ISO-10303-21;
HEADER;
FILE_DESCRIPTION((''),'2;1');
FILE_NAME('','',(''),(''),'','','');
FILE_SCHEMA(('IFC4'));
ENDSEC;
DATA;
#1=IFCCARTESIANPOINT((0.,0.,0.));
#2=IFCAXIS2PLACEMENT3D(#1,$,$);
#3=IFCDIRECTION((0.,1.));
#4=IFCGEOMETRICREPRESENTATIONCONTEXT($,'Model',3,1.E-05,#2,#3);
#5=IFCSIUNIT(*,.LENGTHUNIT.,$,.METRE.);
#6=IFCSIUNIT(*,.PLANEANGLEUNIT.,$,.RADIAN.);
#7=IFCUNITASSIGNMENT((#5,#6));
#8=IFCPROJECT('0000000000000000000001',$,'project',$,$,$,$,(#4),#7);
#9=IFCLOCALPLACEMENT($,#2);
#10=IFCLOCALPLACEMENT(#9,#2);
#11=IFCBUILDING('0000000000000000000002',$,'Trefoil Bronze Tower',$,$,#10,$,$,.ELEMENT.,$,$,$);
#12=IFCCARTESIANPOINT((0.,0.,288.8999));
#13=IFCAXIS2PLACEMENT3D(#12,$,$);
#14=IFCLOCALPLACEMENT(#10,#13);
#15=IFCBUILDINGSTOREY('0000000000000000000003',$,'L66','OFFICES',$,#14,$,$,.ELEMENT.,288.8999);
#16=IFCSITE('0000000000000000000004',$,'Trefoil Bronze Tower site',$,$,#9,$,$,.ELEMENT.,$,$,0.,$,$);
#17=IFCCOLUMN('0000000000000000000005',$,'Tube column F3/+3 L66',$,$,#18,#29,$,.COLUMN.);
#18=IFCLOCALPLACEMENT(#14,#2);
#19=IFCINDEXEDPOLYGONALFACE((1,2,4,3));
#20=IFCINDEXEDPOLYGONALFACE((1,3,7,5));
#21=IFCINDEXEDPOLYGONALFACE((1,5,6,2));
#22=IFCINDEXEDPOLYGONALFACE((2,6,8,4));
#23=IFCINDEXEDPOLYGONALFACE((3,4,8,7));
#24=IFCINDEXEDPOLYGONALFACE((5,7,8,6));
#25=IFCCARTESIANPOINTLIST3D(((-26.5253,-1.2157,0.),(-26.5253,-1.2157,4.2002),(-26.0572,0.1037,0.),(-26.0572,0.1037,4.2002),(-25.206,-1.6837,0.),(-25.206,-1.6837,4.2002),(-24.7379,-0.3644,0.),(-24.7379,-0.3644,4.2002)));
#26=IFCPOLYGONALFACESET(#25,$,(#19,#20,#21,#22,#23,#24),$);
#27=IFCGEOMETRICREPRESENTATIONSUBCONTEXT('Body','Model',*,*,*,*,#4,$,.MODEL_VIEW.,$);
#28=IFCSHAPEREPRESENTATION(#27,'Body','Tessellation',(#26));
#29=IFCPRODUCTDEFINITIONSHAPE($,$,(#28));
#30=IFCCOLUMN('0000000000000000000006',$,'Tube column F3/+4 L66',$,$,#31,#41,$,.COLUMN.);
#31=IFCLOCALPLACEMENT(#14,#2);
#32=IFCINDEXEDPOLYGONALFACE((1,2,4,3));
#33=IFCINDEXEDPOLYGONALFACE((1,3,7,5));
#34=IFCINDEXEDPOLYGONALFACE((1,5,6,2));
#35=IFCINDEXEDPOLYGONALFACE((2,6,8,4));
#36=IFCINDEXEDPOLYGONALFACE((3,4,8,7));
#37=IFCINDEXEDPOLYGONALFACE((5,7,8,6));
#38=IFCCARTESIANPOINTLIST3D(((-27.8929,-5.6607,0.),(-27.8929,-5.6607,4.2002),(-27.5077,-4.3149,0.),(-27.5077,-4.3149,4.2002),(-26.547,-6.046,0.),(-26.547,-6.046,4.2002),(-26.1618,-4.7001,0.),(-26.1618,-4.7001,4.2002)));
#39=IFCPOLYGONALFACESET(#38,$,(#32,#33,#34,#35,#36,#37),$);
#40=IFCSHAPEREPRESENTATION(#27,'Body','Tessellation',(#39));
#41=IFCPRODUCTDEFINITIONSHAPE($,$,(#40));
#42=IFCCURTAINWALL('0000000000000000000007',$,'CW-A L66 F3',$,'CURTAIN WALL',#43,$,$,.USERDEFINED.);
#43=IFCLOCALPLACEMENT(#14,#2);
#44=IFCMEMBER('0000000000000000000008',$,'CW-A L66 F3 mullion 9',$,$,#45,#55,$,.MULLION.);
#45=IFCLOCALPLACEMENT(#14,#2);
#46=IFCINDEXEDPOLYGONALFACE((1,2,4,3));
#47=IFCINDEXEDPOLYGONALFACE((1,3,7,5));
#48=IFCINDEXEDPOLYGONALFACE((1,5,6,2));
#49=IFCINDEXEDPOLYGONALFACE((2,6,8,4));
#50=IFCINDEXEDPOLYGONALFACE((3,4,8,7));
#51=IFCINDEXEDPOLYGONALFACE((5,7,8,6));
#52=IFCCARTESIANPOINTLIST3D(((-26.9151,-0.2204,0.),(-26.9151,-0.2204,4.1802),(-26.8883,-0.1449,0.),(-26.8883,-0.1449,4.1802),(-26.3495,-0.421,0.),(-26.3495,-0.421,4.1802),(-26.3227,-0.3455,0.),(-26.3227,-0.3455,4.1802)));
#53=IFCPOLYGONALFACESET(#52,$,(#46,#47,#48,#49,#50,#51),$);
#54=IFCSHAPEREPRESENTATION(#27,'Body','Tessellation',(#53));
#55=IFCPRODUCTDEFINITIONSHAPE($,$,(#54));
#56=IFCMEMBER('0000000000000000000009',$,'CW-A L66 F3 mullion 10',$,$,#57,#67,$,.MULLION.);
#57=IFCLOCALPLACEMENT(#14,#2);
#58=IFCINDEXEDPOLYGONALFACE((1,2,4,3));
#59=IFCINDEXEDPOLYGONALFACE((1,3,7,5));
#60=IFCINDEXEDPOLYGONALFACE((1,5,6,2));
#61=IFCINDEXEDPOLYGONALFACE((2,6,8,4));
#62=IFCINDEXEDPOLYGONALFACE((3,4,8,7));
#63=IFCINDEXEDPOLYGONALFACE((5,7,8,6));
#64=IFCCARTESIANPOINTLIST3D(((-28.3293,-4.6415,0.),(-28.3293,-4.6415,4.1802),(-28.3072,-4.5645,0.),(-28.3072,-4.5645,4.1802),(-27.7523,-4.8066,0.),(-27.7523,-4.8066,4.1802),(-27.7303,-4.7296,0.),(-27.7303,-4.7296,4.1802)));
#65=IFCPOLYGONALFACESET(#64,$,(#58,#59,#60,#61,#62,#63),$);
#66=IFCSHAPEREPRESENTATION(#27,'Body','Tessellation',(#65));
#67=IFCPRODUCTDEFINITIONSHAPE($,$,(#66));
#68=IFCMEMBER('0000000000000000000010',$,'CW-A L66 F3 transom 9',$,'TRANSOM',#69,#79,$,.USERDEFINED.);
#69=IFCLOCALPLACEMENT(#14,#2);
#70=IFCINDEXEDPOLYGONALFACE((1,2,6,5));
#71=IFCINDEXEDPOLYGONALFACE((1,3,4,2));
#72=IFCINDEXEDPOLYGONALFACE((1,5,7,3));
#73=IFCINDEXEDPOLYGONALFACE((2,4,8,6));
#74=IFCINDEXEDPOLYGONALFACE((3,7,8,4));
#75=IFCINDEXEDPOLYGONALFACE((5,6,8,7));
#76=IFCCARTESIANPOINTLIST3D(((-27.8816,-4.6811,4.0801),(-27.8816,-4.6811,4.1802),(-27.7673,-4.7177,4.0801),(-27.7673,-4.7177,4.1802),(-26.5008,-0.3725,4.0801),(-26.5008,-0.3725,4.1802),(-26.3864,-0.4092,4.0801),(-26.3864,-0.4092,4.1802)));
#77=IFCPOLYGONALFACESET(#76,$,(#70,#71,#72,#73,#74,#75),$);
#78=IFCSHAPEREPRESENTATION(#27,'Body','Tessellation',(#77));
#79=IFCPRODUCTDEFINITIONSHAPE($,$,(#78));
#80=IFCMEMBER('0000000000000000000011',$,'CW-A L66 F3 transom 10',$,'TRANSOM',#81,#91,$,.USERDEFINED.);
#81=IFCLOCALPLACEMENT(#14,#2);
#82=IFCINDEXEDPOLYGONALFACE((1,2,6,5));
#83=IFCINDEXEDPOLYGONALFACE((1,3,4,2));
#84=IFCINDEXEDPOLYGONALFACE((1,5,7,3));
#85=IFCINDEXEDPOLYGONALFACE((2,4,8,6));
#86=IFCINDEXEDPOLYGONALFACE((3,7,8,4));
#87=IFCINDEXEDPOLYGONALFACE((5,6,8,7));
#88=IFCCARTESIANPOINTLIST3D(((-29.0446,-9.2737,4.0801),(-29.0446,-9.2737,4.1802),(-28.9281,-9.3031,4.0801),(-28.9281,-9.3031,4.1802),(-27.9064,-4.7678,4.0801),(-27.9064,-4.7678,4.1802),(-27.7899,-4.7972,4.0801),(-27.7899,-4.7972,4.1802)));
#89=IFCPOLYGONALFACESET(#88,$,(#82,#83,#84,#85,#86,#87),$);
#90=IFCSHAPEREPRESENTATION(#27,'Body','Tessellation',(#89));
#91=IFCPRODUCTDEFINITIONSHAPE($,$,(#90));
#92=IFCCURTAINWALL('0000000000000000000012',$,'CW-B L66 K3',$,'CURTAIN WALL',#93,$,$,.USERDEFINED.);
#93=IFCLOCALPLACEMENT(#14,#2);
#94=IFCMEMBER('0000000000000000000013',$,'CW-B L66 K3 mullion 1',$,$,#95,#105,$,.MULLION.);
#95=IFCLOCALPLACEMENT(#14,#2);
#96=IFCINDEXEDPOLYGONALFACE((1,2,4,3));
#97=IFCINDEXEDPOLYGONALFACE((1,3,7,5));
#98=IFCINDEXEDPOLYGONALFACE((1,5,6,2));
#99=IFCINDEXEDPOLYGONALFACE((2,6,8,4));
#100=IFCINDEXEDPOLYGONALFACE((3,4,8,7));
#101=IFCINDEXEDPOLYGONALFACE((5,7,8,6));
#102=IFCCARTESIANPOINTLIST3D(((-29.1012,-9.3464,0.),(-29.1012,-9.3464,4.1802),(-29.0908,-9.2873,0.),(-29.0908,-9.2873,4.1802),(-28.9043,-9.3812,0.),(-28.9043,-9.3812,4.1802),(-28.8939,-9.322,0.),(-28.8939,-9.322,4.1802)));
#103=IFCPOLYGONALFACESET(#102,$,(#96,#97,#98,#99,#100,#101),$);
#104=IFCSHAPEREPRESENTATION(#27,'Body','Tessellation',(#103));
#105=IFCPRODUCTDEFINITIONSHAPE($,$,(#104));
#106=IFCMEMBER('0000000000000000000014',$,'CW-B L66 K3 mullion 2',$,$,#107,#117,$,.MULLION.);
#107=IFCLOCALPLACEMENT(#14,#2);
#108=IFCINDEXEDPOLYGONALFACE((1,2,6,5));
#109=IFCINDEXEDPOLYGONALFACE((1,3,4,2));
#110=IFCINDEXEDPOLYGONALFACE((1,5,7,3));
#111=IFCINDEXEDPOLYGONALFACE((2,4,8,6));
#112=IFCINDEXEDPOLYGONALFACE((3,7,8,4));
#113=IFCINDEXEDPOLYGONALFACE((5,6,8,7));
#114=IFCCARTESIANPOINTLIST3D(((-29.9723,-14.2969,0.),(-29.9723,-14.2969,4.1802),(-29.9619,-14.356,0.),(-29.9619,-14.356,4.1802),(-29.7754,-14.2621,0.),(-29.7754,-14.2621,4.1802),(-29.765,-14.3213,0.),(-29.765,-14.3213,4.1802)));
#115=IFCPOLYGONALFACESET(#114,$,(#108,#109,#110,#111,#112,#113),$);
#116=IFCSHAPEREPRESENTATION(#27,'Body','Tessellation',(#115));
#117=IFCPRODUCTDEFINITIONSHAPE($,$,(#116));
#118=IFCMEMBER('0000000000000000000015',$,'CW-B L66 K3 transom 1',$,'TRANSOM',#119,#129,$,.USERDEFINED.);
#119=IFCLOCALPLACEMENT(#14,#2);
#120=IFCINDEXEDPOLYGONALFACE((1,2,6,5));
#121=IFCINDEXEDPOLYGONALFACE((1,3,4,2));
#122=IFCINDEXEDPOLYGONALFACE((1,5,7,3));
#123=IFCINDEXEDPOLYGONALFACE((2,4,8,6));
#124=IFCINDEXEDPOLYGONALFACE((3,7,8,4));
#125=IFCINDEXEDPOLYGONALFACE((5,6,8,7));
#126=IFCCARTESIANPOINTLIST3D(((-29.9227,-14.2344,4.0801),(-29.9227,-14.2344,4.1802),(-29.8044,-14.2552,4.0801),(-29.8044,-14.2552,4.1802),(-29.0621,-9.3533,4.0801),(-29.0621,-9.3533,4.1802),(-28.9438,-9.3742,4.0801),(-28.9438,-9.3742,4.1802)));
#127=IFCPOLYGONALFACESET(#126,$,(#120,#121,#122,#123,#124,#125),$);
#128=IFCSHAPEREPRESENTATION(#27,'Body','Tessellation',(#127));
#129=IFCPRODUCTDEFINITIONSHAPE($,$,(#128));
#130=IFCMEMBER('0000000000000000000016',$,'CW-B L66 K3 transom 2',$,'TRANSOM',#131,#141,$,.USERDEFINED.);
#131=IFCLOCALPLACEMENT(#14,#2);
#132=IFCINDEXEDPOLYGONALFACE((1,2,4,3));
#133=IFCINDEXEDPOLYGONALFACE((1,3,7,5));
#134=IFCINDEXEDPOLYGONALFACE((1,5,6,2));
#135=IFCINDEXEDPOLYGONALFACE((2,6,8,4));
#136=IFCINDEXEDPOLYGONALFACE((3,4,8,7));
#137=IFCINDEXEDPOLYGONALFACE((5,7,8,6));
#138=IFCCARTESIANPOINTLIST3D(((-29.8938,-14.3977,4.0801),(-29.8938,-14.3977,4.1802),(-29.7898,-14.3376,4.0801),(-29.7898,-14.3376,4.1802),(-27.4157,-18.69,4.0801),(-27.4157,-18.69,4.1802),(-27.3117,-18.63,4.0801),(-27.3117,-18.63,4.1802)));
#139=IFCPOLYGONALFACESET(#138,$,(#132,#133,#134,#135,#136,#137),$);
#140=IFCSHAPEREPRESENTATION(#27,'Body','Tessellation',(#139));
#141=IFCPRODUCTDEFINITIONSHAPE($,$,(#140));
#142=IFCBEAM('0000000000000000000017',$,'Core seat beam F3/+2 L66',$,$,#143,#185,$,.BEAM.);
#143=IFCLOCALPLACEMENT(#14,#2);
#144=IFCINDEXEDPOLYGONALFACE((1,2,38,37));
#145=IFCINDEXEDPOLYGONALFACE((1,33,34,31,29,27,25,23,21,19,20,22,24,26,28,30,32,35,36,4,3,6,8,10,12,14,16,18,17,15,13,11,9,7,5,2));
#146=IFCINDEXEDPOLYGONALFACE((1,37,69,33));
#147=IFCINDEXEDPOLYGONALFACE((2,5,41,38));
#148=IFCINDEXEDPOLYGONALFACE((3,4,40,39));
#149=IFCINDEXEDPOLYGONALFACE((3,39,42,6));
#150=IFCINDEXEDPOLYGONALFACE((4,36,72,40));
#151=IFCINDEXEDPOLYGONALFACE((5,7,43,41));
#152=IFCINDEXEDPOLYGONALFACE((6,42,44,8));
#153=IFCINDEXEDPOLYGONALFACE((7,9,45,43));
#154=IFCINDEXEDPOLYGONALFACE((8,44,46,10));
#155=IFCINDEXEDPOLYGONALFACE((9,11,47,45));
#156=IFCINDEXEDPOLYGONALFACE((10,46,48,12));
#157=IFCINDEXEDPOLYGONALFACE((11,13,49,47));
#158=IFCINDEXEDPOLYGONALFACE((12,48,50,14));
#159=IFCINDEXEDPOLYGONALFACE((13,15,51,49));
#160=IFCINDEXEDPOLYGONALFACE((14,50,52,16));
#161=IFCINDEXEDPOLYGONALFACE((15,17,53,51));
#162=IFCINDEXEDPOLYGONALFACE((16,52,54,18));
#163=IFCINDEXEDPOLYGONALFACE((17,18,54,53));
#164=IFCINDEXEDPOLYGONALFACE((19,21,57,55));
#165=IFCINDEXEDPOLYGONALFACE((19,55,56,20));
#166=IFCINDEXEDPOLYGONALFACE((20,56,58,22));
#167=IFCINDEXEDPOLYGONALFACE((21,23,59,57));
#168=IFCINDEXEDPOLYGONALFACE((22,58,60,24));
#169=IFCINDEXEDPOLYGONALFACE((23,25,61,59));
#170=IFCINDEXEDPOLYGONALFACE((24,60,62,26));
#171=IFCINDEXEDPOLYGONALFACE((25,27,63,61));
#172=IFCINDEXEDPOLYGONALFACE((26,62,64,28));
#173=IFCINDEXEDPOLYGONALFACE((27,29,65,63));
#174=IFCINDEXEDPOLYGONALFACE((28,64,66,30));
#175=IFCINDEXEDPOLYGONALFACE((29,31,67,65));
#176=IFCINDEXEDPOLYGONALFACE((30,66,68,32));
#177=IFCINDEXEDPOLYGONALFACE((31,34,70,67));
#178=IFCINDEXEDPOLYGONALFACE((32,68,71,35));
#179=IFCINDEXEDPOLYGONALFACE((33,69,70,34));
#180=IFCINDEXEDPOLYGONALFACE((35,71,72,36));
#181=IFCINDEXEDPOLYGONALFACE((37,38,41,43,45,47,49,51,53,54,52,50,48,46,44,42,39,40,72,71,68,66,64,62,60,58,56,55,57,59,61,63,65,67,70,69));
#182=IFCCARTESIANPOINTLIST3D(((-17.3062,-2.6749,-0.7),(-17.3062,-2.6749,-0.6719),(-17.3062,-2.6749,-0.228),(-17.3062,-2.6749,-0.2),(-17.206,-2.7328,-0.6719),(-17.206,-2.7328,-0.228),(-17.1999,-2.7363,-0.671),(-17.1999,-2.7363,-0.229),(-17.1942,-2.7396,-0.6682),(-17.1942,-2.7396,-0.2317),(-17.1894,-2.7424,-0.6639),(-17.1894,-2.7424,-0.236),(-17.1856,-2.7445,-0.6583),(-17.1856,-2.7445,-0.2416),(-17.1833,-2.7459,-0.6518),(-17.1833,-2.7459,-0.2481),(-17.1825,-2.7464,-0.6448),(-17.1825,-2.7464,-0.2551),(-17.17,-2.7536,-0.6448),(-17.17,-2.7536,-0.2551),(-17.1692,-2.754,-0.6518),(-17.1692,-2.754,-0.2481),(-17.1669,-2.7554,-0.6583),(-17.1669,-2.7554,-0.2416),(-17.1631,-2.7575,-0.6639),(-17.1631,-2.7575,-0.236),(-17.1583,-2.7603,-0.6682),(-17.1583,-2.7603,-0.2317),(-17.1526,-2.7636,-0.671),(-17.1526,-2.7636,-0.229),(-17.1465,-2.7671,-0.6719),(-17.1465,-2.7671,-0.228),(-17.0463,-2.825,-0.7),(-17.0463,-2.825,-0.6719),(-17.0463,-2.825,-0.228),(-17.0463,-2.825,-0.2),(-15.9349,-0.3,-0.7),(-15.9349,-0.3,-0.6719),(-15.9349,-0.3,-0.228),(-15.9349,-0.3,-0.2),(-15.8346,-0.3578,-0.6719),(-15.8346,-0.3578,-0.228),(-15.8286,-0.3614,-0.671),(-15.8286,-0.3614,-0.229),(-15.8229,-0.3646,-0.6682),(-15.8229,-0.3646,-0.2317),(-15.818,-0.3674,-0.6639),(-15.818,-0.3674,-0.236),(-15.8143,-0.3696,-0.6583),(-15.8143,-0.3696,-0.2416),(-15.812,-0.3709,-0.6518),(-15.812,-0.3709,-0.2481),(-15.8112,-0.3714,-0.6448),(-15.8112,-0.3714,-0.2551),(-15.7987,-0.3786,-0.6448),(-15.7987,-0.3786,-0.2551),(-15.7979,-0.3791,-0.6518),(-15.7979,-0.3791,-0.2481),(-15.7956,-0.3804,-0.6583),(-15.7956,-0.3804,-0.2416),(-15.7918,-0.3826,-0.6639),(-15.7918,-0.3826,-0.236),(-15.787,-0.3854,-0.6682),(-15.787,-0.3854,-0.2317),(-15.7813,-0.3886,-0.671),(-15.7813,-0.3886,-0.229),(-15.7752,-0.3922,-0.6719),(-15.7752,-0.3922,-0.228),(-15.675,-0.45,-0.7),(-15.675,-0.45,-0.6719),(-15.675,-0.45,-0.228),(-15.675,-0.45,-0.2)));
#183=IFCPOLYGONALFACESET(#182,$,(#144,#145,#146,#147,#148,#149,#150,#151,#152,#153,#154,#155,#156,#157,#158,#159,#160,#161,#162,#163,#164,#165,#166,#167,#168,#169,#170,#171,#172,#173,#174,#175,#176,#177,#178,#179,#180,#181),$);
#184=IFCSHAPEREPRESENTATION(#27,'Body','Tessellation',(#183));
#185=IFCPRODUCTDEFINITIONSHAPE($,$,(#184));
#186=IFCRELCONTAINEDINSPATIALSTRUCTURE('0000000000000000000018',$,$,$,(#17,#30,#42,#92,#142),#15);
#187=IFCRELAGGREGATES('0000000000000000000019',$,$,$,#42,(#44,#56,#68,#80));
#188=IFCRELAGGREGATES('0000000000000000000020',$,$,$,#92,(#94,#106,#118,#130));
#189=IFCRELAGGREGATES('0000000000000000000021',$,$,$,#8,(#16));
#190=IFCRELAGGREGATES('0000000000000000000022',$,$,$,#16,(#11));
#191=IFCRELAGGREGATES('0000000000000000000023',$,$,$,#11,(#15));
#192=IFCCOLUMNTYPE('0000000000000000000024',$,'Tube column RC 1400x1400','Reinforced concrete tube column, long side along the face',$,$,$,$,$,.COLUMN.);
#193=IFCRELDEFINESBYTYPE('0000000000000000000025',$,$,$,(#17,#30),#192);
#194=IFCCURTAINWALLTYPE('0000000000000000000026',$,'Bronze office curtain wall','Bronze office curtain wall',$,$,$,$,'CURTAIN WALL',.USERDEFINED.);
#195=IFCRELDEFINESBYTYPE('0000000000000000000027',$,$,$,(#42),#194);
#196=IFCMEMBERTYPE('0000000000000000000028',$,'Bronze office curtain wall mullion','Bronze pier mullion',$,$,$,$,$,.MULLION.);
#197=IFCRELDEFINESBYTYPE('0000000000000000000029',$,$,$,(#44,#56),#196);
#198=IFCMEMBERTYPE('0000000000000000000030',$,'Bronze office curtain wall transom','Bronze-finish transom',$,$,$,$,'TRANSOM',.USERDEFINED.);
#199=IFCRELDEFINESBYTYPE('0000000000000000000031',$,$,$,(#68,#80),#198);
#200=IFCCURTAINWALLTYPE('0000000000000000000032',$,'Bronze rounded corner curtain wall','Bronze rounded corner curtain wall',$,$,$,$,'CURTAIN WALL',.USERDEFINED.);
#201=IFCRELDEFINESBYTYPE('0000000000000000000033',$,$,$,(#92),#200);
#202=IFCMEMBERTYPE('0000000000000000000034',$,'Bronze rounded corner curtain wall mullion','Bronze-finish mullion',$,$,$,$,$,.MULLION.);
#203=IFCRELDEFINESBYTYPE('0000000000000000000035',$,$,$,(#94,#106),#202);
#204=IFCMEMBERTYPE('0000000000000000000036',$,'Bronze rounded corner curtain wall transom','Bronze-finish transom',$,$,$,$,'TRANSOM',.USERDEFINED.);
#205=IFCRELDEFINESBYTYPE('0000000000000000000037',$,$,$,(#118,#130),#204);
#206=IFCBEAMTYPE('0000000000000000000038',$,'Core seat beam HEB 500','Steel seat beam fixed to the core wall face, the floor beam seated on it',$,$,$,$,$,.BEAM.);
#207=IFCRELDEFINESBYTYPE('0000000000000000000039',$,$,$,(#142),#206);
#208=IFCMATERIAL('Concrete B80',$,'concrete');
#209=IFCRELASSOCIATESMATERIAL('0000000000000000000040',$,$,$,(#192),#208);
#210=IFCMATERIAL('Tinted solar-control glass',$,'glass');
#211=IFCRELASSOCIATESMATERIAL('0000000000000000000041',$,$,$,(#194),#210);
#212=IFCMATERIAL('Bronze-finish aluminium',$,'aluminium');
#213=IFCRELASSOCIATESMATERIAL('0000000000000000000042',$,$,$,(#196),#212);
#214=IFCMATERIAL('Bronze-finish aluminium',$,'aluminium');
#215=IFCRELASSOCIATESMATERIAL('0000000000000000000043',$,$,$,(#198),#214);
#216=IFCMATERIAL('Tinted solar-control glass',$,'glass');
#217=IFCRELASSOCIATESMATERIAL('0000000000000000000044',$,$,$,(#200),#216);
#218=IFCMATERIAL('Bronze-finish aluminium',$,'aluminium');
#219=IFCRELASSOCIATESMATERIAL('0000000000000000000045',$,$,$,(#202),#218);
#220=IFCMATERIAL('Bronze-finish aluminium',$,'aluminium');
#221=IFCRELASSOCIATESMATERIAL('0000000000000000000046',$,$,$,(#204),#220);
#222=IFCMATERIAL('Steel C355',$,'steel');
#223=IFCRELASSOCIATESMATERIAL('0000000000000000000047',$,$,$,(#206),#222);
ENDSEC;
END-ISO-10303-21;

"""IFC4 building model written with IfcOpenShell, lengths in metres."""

from ifc_helpers import new_model, si_unit, direction, frame, origin, origin_2d, place, context, subcontext, project, spatial, rectangle, i_section, extrude, material, material_profile, profile_set, type_object, element, aggregate, save


model = new_model("IFC4")

# Units and contexts
model_context = context("Model", 3, precision=1e-05, world=origin(), true_north=direction((0.0, 1.0)))
body_context = subcontext(model_context, "Body", "Model", "MODEL_VIEW")
ifc_project = project(units=[si_unit("LENGTHUNIT", "METRE"), si_unit("PLANEANGLEUNIT", "RADIAN")], contexts=[model_context])

# Site, building, storey
site_placement = place(None, origin())
site = spatial("IfcSite", under=ifc_project, at=site_placement, Name="Trefoil Bronze Tower site", CompositionType="ELEMENT", RefElevation=0.0)
building_placement = place(site_placement, origin())
building = spatial("IfcBuilding", under=site, at=building_placement, Name="Trefoil Bronze Tower", CompositionType="ELEMENT")
storey_placement = place(building_placement, frame((0.0, 0.0, 288.8999)))
storey = spatial("IfcBuildingStorey", under=building, at=storey_placement, Name="L66", Description="OFFICES", CompositionType="ELEMENT", Elevation=288.8999)

# Columns
ifc_material_1 = material(Name="Concrete B80", Category="concrete")
ifc_material_profile_1 = material_profile(ifc_material_1, rectangle(XDim=1.3999, YDim=1.3999, at=origin_2d()), Name="RC 1400x1400")
ifc_profile_set_1 = profile_set([ifc_material_profile_1], Name="Concrete B80")
column_type = type_object("IfcColumnType", Name="Tube column RC 1400x1400", Description="Reinforced concrete tube column, long side along the face", PredefinedType="COLUMN", material=ifc_profile_set_1)
for number, where, z_axis, x_axis, name in (
    (1, (-25.6316, -0.79, 0.0), (0.0, 0.0, 1.0), (-0.334352, -0.942448, 0.0), "Tube column F3/+3 L66"),
    (2, (-27.0273, -5.1804, 0.0), (0.0, 0.0, 1.0), (-0.275169, -0.961396, 0.0), "Tube column F3/+4 L66"),
):
    element("IfcColumn", number, at=place(storey_placement, frame(where, z_axis=z_axis, x_axis=x_axis)), inside=storey, type_object=column_type, Name=name, PredefinedType="COLUMN", context=body_context, shape_type="SweptSolid", body=[
        extrude(rectangle(XDim=1.3999, YDim=1.3999, at=origin_2d()), origin(), (0.0, 0.0, 1.0), 4.2002),
    ])

# Curtain walls, members
ifc_material_2 = material(Name="Tinted solar-control glass", Category="glass")
curtain_wall_type_1 = type_object("IfcCurtainWallType", Name="Bronze office curtain wall", Description="Bronze office curtain wall", ElementType="CURTAIN WALL", PredefinedType="USERDEFINED", material=ifc_material_2)
curtain_wall_1_placement = place(storey_placement, origin())
curtain_wall_1 = element("IfcCurtainWall", 3, at=curtain_wall_1_placement, inside=storey, type_object=curtain_wall_type_1, Name="CW-A L66 F3", ObjectType="CURTAIN WALL", PredefinedType="USERDEFINED")
ifc_material_3 = material(Name="Bronze-finish aluminium", Category="aluminium")
ifc_material_profile_2 = material_profile(ifc_material_3, rectangle(XDim=0.6001, YDim=0.0801, at=origin_2d()), Name="CW-A mullion")
ifc_profile_set_2 = profile_set([ifc_material_profile_2], Name="Bronze-finish aluminium")
member_type_1 = type_object("IfcMemberType", Name="Bronze office curtain wall mullion", Description="Bronze pier mullion", PredefinedType="MULLION", material=ifc_profile_set_2)
member_1_placement = place(storey_placement, frame((-26.6189, -0.283, 0.0), z_axis=(0.0, 0.0, 1.0), x_axis=(0.942448, -0.334352, 0.0)))
member_1 = element("IfcMember", 4, at=member_1_placement, type_object=member_type_1, Name="CW-A L66 F3 mullion 9", PredefinedType="MULLION", context=body_context, shape_type="SweptSolid", body=[
    extrude(rectangle(XDim=0.6001, YDim=0.0801, at=origin_2d()), origin(), (0.0, 0.0, 1.0), 4.1802),
])
member_2_placement = place(storey_placement, frame((-28.0298, -4.6855, 0.0), z_axis=(0.0, 0.0, 1.0), x_axis=(0.961396, -0.275169, 0.0)))
member_2 = element("IfcMember", 5, at=member_2_placement, type_object=member_type_1, Name="CW-A L66 F3 mullion 10", PredefinedType="MULLION", context=body_context, shape_type="SweptSolid", body=[
    extrude(rectangle(XDim=0.6001, YDim=0.0801, at=origin_2d()), origin(), (0.0, 0.0, 1.0), 4.1802),
])
ifc_material_4 = material(Name="Bronze-finish aluminium", Category="aluminium")
ifc_material_profile_3 = material_profile(ifc_material_4, rectangle(XDim=0.1201, YDim=0.1001, at=origin_2d()), Name="CW-A transom")
ifc_profile_set_3 = profile_set([ifc_material_profile_3], Name="Bronze-finish aluminium")
member_type_2 = type_object("IfcMemberType", Name="Bronze office curtain wall transom", Description="Bronze-finish transom", ElementType="TRANSOM", PredefinedType="USERDEFINED", material=ifc_profile_set_3)
member_3_placement = place(storey_placement, frame((-26.4436, -0.3909, 4.1301), z_axis=(-0.305199, -0.952289, 0.0), x_axis=(0.952289, -0.305199, 0.0)))
member_3 = element("IfcMember", 6, at=member_3_placement, type_object=member_type_2, Name="CW-A L66 F3 transom 9", ObjectType="TRANSOM", PredefinedType="USERDEFINED", context=body_context, shape_type="SweptSolid", body=[
    extrude(rectangle(XDim=0.1201, YDim=0.1001, at=origin_2d()), origin(), (0.0, 0.0, 1.0), 4.5244),
])
member_4_placement = place(storey_placement, frame((-27.8481, -4.7825, 4.1301), z_axis=(-0.244908, -0.969546, 0.0), x_axis=(0.969546, -0.244908, 0.0)))
member_4 = element("IfcMember", 7, at=member_4_placement, type_object=member_type_2, Name="CW-A L66 F3 transom 10", ObjectType="TRANSOM", PredefinedType="USERDEFINED", context=body_context, shape_type="SweptSolid", body=[
    extrude(rectangle(XDim=0.1201, YDim=0.1001, at=origin_2d()), origin(), (0.0, 0.0, 1.0), 4.6475),
])
ifc_material_5 = material(Name="Tinted solar-control glass", Category="glass")
curtain_wall_type_2 = type_object("IfcCurtainWallType", Name="Bronze rounded corner curtain wall", Description="Bronze rounded corner curtain wall", ElementType="CURTAIN WALL", PredefinedType="USERDEFINED", material=ifc_material_5)
curtain_wall_2_placement = place(storey_placement, origin())
curtain_wall_2 = element("IfcCurtainWall", 8, at=curtain_wall_2_placement, inside=storey, type_object=curtain_wall_type_2, Name="CW-B L66 K3", ObjectType="CURTAIN WALL", PredefinedType="USERDEFINED")
ifc_material_6 = material(Name="Bronze-finish aluminium", Category="aluminium")
ifc_material_profile_4 = material_profile(ifc_material_6, rectangle(XDim=0.2, YDim=0.0601, at=origin_2d()), Name="CW-B mullion")
ifc_profile_set_4 = profile_set([ifc_material_profile_4], Name="Bronze-finish aluminium")
member_type_3 = type_object("IfcMemberType", Name="Bronze rounded corner curtain wall mullion", Description="Bronze-finish mullion", PredefinedType="MULLION", material=ifc_profile_set_4)
member_5_placement = place(storey_placement, frame((-28.9976, -9.3342, 0.0), z_axis=(0.0, 0.0, 1.0), x_axis=(0.984808, -0.173648, 0.0)))
member_5 = element("IfcMember", 9, at=member_5_placement, type_object=member_type_3, Name="CW-B L66 K3 mullion 1", PredefinedType="MULLION", context=body_context, shape_type="SweptSolid", body=[
    extrude(rectangle(XDim=0.2, YDim=0.0601, at=origin_2d()), origin(), (0.0, 0.0, 1.0), 4.1802),
])
member_6_placement = place(storey_placement, frame((-29.8687, -14.3091, 0.0), z_axis=(0.0, 0.0, 1.0), x_axis=(0.984808, 0.173648, 0.0)))
member_6 = element("IfcMember", 10, at=member_6_placement, type_object=member_type_3, Name="CW-B L66 K3 mullion 2", PredefinedType="MULLION", context=body_context, shape_type="SweptSolid", body=[
    extrude(rectangle(XDim=0.2, YDim=0.0601, at=origin_2d()), origin(), (0.0, 0.0, 1.0), 4.1802),
])
ifc_material_7 = material(Name="Bronze-finish aluminium", Category="aluminium")
ifc_material_profile_5 = material_profile(ifc_material_7, rectangle(XDim=0.1201, YDim=0.1001, at=origin_2d()), Name="CW-B transom")
ifc_profile_set_5 = profile_set([ifc_material_profile_5], Name="Bronze-finish aluminium")
member_type_4 = type_object("IfcMemberType", Name="Bronze rounded corner curtain wall transom", Description="Bronze-finish transom", ElementType="TRANSOM", PredefinedType="USERDEFINED", material=ifc_profile_set_5)
member_7_placement = place(storey_placement, frame((-29.0029, -9.3638, 4.1301), z_axis=(-0.173634, -0.98481, 0.0), x_axis=(0.98481, -0.173634, 0.0)))
member_7 = element("IfcMember", 11, at=member_7_placement, type_object=member_type_4, Name="CW-B L66 K3 transom 1", ObjectType="TRANSOM", PredefinedType="USERDEFINED", context=body_context, shape_type="SweptSolid", body=[
    extrude(rectangle(XDim=0.1201, YDim=0.1001, at=origin_2d()), origin(), (0.0, 0.0, 1.0), 4.9563),
])
member_8_placement = place(storey_placement, frame((-29.8418, -14.3677, 4.1301), z_axis=(0.499985, -0.866034, 0.0), x_axis=(0.866034, 0.499985, 0.0)))
member_8 = element("IfcMember", 12, at=member_8_placement, type_object=member_type_4, Name="CW-B L66 K3 transom 2", ObjectType="TRANSOM", PredefinedType="USERDEFINED", context=body_context, shape_type="SweptSolid", body=[
    extrude(rectangle(XDim=0.1201, YDim=0.1001, at=origin_2d()), origin(), (0.0, 0.0, 1.0), 4.9563),
])

# Beam
ifc_material_8 = material(Name="Steel C355", Category="steel")
ifc_material_profile_6 = material_profile(ifc_material_8, i_section(OverallWidth=0.3, OverallDepth=0.5, WebThickness=0.0144, FlangeThickness=0.0281, FilletRadius=0.0271, at=origin_2d()), Name="HEB 500")
ifc_profile_set_6 = profile_set([ifc_material_profile_6], Name="Steel C355")
beam_type_1 = type_object("IfcBeamType", Name="Core seat beam HEB 500", Description="Steel seat beam fixed to the core wall face, the floor beam seated on it", PredefinedType="BEAM", material=ifc_profile_set_6)
beam_1_placement = place(storey_placement, frame((-15.8049, -0.375, -0.45), z_axis=(-0.500036, -0.866005, 0.0), x_axis=(0.866005, -0.500036, 0.0)))
element("IfcBeam", 13, at=beam_1_placement, inside=storey, type_object=beam_type_1, Name="Core seat beam F3/+2 L66", PredefinedType="BEAM", context=body_context, shape_type="SweptSolid", body=[
    extrude(i_section(OverallWidth=0.3, OverallDepth=0.5, WebThickness=0.0144, FlangeThickness=0.0281, FilletRadius=0.0271, at=origin_2d()), origin(), (0.0, 0.0, 1.0), 2.7424),
])

aggregate(curtain_wall_1, [member_1, member_2, member_3, member_4])
aggregate(curtain_wall_2, [member_5, member_6, member_7, member_8])

save(model, "model.ifc")
